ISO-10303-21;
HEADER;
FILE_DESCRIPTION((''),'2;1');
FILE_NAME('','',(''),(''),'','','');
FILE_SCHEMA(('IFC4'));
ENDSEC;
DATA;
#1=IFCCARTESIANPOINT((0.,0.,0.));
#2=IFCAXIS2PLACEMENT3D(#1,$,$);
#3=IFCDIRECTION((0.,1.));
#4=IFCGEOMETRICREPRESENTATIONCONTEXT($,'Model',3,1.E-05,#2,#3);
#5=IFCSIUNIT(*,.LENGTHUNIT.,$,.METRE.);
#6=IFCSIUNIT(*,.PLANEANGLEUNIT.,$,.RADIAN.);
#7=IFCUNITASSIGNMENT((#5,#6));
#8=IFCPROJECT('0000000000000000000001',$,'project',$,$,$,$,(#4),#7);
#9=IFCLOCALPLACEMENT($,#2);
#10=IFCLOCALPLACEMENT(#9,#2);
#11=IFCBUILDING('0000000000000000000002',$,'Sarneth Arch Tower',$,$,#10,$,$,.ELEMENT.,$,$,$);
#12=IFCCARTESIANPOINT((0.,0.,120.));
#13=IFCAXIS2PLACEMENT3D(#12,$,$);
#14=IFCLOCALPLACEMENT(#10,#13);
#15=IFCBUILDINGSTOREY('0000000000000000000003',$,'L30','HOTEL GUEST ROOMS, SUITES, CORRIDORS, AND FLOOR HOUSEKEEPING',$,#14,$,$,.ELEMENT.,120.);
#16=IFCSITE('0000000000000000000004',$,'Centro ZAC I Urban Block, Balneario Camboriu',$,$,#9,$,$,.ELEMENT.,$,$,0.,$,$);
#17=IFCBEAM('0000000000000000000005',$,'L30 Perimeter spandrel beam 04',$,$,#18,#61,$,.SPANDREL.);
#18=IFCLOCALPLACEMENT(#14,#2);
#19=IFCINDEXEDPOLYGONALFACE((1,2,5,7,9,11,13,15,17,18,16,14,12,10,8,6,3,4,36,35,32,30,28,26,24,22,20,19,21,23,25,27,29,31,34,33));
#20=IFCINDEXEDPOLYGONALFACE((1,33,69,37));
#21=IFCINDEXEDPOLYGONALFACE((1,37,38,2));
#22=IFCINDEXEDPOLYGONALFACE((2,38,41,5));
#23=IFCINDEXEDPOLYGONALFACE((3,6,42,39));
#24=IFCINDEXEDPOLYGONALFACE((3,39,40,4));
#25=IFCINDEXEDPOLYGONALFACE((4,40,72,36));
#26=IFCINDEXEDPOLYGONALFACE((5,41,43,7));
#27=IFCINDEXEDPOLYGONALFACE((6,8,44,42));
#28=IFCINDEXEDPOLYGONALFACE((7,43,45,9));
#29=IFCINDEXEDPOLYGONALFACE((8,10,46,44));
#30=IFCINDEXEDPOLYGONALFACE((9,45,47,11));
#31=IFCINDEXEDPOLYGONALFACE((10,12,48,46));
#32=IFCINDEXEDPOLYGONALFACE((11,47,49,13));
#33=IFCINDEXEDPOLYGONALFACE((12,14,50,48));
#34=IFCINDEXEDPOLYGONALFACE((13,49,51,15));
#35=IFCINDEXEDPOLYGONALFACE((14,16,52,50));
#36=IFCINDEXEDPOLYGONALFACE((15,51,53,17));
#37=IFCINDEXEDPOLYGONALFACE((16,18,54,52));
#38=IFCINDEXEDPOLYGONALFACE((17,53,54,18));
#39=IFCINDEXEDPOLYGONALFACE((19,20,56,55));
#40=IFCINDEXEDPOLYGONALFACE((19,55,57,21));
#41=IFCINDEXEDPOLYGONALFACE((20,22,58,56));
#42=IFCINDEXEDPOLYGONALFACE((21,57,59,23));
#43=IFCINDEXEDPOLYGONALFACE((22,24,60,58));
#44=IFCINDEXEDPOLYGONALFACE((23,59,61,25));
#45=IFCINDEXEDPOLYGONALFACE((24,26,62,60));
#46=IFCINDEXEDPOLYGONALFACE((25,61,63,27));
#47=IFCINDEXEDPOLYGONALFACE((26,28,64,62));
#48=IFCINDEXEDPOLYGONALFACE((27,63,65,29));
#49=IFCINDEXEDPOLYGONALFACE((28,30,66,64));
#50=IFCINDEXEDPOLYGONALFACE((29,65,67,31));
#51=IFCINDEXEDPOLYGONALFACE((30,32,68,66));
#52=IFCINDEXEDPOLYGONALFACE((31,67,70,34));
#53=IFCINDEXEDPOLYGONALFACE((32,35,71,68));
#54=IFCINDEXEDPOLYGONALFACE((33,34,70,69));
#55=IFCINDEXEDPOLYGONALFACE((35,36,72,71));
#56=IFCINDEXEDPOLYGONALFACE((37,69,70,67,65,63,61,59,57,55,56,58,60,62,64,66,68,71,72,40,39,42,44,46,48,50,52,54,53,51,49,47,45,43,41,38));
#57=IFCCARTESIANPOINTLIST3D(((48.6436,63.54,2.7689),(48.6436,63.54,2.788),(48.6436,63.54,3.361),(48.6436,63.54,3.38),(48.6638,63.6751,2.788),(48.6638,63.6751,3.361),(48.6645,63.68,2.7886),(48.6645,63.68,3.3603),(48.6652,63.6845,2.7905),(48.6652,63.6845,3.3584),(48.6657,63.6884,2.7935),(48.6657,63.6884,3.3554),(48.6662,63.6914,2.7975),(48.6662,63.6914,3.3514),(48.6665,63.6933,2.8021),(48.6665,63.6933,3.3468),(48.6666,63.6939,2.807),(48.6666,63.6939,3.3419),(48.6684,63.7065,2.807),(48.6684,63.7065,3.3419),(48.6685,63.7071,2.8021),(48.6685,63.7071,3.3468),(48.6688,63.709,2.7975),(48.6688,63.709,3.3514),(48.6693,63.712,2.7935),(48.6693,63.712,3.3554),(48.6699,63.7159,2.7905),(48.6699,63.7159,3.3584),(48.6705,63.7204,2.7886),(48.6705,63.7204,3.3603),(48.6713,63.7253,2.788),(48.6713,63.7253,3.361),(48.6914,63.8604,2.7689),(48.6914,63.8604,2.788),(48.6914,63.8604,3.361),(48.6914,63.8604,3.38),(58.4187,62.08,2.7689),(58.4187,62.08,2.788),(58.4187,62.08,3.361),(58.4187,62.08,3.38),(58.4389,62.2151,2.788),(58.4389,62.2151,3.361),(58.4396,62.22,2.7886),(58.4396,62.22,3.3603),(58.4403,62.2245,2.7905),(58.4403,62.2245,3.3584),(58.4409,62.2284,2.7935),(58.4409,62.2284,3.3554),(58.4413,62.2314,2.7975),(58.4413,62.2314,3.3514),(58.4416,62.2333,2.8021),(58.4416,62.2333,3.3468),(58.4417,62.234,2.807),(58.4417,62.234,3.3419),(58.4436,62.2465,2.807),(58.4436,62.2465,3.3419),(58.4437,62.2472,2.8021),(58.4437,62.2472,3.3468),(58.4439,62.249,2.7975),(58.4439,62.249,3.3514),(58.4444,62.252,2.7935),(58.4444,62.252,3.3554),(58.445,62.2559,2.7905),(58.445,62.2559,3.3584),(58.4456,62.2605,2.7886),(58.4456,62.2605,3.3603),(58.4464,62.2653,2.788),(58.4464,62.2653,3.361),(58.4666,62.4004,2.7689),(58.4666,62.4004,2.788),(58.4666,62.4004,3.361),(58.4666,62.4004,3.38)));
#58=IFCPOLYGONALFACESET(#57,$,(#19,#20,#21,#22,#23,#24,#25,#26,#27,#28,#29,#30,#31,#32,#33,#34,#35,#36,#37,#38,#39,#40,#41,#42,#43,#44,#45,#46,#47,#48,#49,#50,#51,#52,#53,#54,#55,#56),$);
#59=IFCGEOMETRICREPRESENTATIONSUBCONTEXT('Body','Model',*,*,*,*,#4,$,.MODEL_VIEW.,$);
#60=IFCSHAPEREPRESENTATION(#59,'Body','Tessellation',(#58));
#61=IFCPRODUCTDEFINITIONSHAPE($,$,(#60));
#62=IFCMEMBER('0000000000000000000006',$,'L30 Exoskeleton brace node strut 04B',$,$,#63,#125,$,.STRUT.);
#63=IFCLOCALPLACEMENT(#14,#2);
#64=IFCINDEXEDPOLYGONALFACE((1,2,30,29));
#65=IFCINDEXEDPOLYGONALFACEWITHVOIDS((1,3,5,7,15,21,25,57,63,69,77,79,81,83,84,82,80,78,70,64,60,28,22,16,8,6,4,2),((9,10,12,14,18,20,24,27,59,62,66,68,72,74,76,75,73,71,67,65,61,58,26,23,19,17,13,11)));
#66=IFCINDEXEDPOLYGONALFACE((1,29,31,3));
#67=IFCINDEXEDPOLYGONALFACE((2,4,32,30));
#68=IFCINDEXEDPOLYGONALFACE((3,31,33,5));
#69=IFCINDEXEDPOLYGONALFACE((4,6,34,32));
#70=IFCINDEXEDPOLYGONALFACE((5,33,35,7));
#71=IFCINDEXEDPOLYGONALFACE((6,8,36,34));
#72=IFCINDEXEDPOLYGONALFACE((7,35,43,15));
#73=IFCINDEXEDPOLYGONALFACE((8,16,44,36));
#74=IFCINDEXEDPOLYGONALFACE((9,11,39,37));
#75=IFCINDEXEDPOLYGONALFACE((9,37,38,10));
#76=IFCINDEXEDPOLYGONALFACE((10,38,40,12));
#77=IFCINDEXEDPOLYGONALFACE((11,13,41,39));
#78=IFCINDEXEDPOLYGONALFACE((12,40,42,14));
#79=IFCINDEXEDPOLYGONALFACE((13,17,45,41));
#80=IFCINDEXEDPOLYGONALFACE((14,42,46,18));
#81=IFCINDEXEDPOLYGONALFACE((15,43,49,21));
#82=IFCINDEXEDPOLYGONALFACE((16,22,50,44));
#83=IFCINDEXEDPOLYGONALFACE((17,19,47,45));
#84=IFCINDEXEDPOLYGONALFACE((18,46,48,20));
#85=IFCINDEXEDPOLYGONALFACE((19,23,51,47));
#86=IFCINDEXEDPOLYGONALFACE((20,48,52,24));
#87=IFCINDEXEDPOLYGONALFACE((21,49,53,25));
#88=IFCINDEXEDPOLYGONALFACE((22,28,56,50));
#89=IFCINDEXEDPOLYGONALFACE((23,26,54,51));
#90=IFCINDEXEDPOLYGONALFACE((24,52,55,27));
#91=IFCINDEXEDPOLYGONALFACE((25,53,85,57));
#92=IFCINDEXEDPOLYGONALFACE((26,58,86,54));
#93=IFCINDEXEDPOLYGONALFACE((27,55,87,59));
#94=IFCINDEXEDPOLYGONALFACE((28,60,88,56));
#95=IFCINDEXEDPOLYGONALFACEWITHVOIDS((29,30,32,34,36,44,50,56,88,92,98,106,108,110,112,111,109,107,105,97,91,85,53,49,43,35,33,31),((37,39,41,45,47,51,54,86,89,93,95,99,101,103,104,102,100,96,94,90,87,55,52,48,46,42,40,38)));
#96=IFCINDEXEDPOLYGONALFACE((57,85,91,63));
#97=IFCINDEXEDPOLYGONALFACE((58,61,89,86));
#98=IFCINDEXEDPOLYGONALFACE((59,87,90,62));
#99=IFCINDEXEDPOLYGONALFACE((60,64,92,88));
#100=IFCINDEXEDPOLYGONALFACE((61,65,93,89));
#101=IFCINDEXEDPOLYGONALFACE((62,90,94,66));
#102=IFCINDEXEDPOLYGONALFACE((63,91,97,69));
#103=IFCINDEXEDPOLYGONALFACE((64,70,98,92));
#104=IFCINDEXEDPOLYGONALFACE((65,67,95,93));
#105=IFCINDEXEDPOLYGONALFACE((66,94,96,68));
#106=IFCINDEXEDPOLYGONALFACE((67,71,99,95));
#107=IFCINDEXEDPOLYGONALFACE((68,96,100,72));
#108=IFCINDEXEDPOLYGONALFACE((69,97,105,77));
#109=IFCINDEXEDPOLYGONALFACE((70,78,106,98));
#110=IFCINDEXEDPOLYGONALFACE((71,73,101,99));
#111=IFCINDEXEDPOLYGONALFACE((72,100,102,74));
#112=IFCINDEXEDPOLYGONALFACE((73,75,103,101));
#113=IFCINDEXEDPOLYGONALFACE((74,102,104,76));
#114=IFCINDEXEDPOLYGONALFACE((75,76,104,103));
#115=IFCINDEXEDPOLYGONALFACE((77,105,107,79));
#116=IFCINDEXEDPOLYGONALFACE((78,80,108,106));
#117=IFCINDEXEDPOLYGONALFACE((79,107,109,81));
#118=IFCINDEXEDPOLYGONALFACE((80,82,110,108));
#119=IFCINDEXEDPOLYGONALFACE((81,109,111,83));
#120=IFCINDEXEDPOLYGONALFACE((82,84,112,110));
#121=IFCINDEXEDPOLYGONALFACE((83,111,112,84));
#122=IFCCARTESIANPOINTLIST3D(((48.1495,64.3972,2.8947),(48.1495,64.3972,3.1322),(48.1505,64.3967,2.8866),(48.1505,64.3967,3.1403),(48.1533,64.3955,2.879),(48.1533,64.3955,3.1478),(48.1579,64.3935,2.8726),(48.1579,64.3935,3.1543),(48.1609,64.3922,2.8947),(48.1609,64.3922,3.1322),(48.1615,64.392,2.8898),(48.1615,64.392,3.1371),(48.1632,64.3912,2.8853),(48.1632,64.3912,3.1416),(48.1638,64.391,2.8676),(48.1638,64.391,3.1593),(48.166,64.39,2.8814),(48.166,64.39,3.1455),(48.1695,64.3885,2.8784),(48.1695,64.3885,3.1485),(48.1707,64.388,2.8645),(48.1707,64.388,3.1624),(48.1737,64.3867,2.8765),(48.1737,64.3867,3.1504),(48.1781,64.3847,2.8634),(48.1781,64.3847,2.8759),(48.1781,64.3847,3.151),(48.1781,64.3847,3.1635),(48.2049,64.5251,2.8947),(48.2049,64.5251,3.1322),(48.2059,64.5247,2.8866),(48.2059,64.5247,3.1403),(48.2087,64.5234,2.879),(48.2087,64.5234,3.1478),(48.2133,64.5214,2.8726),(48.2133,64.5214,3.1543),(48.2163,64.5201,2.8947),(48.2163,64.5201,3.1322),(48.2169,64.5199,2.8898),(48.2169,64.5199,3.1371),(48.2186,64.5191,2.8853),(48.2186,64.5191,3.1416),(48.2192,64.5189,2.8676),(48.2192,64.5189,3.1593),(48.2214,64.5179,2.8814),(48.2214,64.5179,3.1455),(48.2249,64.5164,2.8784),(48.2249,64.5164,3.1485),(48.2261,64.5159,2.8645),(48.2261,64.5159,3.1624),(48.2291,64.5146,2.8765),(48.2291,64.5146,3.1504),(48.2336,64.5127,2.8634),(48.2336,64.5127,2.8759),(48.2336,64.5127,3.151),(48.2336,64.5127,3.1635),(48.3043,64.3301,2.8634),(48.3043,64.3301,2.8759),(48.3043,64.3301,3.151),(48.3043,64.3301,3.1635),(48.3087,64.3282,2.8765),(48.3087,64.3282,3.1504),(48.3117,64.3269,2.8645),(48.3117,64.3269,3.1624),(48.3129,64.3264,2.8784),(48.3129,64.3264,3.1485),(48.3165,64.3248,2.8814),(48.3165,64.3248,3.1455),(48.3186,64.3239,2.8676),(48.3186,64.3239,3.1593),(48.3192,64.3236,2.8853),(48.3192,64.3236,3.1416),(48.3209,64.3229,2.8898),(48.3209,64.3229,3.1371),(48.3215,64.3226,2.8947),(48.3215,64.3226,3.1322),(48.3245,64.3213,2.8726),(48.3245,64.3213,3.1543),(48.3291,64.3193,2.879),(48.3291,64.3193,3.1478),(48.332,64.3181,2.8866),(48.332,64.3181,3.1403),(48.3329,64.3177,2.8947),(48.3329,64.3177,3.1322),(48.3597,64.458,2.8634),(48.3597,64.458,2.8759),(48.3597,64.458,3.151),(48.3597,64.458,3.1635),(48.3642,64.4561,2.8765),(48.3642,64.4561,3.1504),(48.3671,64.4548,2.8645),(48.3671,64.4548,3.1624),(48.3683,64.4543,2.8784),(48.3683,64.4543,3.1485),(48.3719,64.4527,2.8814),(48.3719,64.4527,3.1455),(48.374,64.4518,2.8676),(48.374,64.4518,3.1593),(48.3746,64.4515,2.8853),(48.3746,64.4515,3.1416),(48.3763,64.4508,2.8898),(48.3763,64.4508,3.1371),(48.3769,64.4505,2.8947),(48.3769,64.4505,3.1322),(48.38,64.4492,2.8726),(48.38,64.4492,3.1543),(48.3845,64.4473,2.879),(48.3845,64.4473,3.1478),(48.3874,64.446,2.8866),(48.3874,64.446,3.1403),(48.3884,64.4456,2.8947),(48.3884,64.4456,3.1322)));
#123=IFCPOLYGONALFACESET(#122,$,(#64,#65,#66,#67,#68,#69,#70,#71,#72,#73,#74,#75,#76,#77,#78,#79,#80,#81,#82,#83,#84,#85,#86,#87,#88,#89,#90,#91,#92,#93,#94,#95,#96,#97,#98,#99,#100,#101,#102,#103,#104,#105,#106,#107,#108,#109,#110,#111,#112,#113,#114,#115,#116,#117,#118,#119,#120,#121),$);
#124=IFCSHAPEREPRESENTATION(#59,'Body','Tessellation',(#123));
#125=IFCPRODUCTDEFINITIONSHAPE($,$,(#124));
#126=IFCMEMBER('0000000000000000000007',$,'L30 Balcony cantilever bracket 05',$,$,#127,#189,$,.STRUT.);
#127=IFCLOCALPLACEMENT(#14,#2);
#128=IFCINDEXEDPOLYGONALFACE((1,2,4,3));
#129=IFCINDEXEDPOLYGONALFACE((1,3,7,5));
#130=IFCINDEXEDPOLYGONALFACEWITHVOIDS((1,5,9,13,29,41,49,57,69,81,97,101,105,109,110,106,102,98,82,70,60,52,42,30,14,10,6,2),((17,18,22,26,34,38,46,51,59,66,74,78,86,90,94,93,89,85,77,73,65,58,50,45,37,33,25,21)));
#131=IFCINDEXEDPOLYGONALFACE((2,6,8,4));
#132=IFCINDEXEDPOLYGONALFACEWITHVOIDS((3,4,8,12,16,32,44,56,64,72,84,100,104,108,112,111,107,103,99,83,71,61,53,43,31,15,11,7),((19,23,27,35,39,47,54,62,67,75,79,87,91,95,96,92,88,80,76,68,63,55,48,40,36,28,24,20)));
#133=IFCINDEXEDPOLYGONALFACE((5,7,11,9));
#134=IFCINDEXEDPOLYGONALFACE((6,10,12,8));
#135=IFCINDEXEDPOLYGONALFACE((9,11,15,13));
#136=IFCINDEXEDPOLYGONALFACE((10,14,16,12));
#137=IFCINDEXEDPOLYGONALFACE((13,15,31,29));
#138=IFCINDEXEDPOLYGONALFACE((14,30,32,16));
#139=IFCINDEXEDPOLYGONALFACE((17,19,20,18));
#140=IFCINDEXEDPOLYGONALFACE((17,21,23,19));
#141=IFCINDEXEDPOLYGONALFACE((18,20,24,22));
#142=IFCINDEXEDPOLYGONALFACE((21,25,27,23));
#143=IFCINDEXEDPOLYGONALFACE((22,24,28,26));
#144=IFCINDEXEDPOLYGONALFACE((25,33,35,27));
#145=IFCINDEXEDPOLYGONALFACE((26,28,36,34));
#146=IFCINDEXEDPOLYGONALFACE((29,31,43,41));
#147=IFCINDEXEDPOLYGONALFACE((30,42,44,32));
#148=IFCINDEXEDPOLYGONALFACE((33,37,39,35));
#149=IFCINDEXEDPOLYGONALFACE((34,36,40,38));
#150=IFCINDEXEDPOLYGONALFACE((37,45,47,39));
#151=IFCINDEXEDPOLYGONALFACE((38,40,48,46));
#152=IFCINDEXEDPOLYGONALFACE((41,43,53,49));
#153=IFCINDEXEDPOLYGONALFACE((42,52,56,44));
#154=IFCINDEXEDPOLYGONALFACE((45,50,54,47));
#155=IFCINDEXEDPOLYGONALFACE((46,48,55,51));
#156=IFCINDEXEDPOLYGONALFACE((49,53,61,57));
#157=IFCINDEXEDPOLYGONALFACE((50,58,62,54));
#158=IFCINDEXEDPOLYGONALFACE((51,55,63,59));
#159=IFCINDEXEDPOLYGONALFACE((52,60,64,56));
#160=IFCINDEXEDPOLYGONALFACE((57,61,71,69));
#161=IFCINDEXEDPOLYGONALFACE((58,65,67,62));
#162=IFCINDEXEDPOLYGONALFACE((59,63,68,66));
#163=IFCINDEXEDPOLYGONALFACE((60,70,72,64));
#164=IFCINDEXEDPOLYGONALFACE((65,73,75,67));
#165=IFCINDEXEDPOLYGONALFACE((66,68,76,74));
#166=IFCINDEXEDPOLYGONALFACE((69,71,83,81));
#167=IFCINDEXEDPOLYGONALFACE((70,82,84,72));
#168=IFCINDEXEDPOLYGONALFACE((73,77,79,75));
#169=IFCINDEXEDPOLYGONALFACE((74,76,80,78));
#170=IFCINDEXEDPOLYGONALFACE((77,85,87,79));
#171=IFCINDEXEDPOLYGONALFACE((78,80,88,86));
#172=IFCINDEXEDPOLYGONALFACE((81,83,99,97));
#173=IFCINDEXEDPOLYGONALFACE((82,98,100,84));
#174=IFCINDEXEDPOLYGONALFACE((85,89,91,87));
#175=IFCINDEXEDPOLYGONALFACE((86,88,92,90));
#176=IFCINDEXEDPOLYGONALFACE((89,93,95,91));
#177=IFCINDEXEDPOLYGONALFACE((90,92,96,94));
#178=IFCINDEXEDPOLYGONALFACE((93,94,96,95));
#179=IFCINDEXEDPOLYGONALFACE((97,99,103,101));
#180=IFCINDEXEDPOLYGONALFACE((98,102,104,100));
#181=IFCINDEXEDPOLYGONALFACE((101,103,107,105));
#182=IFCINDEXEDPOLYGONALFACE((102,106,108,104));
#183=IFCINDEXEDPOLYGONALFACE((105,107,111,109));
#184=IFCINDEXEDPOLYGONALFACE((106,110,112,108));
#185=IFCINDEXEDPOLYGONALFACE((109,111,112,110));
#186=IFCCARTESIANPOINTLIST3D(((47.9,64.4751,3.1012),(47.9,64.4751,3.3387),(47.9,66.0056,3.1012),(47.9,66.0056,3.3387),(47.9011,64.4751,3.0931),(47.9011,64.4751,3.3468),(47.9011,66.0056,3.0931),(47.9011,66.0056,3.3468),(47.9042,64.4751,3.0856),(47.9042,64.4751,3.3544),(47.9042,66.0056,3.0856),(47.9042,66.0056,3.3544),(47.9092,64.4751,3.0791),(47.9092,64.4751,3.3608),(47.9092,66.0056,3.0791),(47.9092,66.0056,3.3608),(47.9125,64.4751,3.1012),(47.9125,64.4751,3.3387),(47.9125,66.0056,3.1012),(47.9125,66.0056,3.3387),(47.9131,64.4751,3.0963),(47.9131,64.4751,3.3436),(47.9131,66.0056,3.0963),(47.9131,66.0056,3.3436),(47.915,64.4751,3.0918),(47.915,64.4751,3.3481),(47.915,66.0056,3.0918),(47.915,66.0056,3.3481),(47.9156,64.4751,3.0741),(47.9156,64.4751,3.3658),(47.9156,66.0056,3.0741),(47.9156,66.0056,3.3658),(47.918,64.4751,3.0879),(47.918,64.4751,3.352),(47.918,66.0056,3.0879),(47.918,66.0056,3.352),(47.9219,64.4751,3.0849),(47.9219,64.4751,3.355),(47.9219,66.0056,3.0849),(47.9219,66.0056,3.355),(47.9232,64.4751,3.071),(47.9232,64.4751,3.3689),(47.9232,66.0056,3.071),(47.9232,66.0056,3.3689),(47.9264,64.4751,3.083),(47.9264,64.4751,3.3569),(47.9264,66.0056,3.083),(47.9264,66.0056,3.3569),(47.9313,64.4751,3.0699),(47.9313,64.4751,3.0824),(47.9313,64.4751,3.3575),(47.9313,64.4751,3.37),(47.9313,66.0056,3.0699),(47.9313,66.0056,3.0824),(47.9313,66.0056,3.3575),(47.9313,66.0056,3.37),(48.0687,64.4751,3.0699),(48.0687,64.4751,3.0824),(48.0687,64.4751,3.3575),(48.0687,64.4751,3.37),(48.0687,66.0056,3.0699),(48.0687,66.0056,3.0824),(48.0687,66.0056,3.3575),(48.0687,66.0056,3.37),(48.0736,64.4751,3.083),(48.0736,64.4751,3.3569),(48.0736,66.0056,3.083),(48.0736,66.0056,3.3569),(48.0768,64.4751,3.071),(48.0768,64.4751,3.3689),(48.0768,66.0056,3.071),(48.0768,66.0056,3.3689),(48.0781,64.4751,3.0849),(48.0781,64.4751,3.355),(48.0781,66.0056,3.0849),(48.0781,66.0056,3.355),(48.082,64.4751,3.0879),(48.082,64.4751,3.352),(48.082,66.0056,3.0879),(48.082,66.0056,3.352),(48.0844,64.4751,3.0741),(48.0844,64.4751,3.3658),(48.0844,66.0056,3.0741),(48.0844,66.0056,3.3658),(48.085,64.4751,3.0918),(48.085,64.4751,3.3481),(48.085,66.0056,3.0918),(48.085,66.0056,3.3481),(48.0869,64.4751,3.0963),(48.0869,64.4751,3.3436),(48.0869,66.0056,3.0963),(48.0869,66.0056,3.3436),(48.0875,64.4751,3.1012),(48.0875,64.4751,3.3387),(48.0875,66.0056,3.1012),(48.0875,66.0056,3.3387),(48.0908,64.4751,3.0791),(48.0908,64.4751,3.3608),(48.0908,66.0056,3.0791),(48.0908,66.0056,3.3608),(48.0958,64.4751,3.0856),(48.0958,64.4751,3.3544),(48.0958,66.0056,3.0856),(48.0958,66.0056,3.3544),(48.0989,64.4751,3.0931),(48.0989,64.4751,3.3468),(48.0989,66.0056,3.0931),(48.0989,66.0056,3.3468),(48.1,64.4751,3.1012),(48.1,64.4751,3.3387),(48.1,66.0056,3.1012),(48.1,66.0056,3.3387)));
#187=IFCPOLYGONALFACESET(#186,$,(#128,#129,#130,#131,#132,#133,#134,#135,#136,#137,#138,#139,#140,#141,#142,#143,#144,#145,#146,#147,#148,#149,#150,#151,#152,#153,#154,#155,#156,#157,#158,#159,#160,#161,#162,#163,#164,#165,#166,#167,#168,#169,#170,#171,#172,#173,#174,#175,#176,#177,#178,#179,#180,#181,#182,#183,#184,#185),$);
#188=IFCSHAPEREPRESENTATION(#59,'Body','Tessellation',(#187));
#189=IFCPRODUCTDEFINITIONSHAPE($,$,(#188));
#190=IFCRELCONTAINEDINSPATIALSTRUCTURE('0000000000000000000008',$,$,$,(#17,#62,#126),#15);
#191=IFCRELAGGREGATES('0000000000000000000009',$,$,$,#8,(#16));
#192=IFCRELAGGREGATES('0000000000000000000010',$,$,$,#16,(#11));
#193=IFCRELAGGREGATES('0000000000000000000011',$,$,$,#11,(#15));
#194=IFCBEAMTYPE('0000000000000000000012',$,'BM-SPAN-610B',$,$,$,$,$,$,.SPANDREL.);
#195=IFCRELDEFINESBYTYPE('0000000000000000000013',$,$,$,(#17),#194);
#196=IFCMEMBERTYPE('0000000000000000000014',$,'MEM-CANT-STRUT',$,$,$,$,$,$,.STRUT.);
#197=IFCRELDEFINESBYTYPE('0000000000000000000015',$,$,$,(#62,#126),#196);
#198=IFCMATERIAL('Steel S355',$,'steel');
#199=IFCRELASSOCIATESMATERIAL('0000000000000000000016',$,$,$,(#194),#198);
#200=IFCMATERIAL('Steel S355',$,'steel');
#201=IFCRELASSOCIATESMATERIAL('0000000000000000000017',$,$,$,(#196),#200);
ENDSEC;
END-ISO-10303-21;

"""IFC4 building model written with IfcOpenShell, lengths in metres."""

from ifc_helpers import new_model, si_unit, direction, frame, origin, origin_2d, place, context, subcontext, project, spatial, hollow_rectangle, i_section, extrude, material, material_profile, profile_set, type_object, element, save


model = new_model("IFC4")

# Units and contexts
model_context = context("Model", 3, precision=1e-05, world=origin(), true_north=direction((0.0, 1.0)))
body_context = subcontext(model_context, "Body", "Model", "MODEL_VIEW")
ifc_project = project(units=[si_unit("LENGTHUNIT", "METRE"), si_unit("PLANEANGLEUNIT", "RADIAN")], contexts=[model_context])

# Site, building, storey
site_placement = place(None, origin())
site = spatial("IfcSite", under=ifc_project, at=site_placement, Name="Centro ZAC I Urban Block, Balneario Camboriu", CompositionType="ELEMENT", RefElevation=0.0)
building_placement = place(site_placement, origin())
building = spatial("IfcBuilding", under=site, at=building_placement, Name="Sarneth Arch Tower", CompositionType="ELEMENT")
storey_placement = place(building_placement, frame((0.0, 0.0, 120.0)))
storey = spatial("IfcBuildingStorey", under=building, at=storey_placement, Name="L30", Description="HOTEL GUEST ROOMS, SUITES, CORRIDORS, AND FLOOR HOUSEKEEPING", CompositionType="ELEMENT", Elevation=120.0)

# Beam
ifc_material_1 = material(Name="Steel S355", Category="steel")
ifc_material_profile_1 = material_profile(ifc_material_1, i_section(OverallWidth=0.324, OverallDepth=0.6111, WebThickness=0.0127, FlangeThickness=0.019, FilletRadius=0.019, at=origin_2d()), Name="W610x155")
ifc_profile_set_1 = profile_set([ifc_material_profile_1], Name="Steel S355")
beam_type_1 = type_object("IfcBeamType", Name="BM-SPAN-610B", PredefinedType="SPANDREL", material=ifc_profile_set_1)
beam_1_placement = place(storey_placement, frame((58.4426, 62.2402, 3.0745), z_axis=(-0.98903, 0.147716, 0.0), x_axis=(-0.147716, -0.98903, 0.0)))
element("IfcBeam", 1, at=beam_1_placement, inside=storey, type_object=beam_type_1, Name="L30 Perimeter spandrel beam 04", PredefinedType="SPANDREL", context=body_context, shape_type="SweptSolid", body=[
    extrude(i_section(OverallWidth=0.324, OverallDepth=0.6111, WebThickness=0.0127, FlangeThickness=0.019, FilletRadius=0.019, at=origin_2d()), origin(), (0.0, 0.0, 1.0), 9.8835),
])

# Members
ifc_material_2 = material(Name="Steel S355", Category="steel")
ifc_material_profile_2 = material_profile(ifc_material_2, hollow_rectangle(XDim=0.2, YDim=0.3, WallThickness=0.0125, InnerFilletRadius=0.0188, OuterFilletRadius=0.0312, at=origin_2d()), Name="RHS300x200x12.5")
ifc_profile_set_2 = profile_set([ifc_material_profile_2], Name="Steel S355")
member_type_1 = type_object("IfcMemberType", Name="MEM-CANT-STRUT", PredefinedType="STRUT", material=ifc_profile_set_2)
member_1_placement = place(storey_placement, frame((48.2412, 64.3574, 3.0134), z_axis=(0.397509, 0.917598, 0.0), x_axis=(-0.917598, 0.397509, 0.0)))
element("IfcMember", 2, at=member_1_placement, inside=storey, type_object=member_type_1, Name="L30 Exoskeleton brace node strut 04B", PredefinedType="STRUT", context=body_context, shape_type="SweptSolid", body=[
    extrude(hollow_rectangle(XDim=0.2, YDim=0.3, WallThickness=0.0125, InnerFilletRadius=0.0188, OuterFilletRadius=0.0312, at=origin_2d()), origin(), (0.0, 0.0, 1.0), 0.1394),
])
member_2_placement = place(storey_placement, frame((48.0, 64.4751, 3.22), z_axis=(0.0, 1.0, 0.0), x_axis=(-1.0, 0.0, 0.0)))
element("IfcMember", 3, at=member_2_placement, inside=storey, type_object=member_type_1, Name="L30 Balcony cantilever bracket 05", PredefinedType="STRUT", context=body_context, shape_type="SweptSolid", body=[
    extrude(hollow_rectangle(XDim=0.2, YDim=0.3, WallThickness=0.0125, InnerFilletRadius=0.0188, OuterFilletRadius=0.0312, at=origin_2d()), origin(), (0.0, 0.0, 1.0), 1.5305),
])

save(model, "model.ifc")
